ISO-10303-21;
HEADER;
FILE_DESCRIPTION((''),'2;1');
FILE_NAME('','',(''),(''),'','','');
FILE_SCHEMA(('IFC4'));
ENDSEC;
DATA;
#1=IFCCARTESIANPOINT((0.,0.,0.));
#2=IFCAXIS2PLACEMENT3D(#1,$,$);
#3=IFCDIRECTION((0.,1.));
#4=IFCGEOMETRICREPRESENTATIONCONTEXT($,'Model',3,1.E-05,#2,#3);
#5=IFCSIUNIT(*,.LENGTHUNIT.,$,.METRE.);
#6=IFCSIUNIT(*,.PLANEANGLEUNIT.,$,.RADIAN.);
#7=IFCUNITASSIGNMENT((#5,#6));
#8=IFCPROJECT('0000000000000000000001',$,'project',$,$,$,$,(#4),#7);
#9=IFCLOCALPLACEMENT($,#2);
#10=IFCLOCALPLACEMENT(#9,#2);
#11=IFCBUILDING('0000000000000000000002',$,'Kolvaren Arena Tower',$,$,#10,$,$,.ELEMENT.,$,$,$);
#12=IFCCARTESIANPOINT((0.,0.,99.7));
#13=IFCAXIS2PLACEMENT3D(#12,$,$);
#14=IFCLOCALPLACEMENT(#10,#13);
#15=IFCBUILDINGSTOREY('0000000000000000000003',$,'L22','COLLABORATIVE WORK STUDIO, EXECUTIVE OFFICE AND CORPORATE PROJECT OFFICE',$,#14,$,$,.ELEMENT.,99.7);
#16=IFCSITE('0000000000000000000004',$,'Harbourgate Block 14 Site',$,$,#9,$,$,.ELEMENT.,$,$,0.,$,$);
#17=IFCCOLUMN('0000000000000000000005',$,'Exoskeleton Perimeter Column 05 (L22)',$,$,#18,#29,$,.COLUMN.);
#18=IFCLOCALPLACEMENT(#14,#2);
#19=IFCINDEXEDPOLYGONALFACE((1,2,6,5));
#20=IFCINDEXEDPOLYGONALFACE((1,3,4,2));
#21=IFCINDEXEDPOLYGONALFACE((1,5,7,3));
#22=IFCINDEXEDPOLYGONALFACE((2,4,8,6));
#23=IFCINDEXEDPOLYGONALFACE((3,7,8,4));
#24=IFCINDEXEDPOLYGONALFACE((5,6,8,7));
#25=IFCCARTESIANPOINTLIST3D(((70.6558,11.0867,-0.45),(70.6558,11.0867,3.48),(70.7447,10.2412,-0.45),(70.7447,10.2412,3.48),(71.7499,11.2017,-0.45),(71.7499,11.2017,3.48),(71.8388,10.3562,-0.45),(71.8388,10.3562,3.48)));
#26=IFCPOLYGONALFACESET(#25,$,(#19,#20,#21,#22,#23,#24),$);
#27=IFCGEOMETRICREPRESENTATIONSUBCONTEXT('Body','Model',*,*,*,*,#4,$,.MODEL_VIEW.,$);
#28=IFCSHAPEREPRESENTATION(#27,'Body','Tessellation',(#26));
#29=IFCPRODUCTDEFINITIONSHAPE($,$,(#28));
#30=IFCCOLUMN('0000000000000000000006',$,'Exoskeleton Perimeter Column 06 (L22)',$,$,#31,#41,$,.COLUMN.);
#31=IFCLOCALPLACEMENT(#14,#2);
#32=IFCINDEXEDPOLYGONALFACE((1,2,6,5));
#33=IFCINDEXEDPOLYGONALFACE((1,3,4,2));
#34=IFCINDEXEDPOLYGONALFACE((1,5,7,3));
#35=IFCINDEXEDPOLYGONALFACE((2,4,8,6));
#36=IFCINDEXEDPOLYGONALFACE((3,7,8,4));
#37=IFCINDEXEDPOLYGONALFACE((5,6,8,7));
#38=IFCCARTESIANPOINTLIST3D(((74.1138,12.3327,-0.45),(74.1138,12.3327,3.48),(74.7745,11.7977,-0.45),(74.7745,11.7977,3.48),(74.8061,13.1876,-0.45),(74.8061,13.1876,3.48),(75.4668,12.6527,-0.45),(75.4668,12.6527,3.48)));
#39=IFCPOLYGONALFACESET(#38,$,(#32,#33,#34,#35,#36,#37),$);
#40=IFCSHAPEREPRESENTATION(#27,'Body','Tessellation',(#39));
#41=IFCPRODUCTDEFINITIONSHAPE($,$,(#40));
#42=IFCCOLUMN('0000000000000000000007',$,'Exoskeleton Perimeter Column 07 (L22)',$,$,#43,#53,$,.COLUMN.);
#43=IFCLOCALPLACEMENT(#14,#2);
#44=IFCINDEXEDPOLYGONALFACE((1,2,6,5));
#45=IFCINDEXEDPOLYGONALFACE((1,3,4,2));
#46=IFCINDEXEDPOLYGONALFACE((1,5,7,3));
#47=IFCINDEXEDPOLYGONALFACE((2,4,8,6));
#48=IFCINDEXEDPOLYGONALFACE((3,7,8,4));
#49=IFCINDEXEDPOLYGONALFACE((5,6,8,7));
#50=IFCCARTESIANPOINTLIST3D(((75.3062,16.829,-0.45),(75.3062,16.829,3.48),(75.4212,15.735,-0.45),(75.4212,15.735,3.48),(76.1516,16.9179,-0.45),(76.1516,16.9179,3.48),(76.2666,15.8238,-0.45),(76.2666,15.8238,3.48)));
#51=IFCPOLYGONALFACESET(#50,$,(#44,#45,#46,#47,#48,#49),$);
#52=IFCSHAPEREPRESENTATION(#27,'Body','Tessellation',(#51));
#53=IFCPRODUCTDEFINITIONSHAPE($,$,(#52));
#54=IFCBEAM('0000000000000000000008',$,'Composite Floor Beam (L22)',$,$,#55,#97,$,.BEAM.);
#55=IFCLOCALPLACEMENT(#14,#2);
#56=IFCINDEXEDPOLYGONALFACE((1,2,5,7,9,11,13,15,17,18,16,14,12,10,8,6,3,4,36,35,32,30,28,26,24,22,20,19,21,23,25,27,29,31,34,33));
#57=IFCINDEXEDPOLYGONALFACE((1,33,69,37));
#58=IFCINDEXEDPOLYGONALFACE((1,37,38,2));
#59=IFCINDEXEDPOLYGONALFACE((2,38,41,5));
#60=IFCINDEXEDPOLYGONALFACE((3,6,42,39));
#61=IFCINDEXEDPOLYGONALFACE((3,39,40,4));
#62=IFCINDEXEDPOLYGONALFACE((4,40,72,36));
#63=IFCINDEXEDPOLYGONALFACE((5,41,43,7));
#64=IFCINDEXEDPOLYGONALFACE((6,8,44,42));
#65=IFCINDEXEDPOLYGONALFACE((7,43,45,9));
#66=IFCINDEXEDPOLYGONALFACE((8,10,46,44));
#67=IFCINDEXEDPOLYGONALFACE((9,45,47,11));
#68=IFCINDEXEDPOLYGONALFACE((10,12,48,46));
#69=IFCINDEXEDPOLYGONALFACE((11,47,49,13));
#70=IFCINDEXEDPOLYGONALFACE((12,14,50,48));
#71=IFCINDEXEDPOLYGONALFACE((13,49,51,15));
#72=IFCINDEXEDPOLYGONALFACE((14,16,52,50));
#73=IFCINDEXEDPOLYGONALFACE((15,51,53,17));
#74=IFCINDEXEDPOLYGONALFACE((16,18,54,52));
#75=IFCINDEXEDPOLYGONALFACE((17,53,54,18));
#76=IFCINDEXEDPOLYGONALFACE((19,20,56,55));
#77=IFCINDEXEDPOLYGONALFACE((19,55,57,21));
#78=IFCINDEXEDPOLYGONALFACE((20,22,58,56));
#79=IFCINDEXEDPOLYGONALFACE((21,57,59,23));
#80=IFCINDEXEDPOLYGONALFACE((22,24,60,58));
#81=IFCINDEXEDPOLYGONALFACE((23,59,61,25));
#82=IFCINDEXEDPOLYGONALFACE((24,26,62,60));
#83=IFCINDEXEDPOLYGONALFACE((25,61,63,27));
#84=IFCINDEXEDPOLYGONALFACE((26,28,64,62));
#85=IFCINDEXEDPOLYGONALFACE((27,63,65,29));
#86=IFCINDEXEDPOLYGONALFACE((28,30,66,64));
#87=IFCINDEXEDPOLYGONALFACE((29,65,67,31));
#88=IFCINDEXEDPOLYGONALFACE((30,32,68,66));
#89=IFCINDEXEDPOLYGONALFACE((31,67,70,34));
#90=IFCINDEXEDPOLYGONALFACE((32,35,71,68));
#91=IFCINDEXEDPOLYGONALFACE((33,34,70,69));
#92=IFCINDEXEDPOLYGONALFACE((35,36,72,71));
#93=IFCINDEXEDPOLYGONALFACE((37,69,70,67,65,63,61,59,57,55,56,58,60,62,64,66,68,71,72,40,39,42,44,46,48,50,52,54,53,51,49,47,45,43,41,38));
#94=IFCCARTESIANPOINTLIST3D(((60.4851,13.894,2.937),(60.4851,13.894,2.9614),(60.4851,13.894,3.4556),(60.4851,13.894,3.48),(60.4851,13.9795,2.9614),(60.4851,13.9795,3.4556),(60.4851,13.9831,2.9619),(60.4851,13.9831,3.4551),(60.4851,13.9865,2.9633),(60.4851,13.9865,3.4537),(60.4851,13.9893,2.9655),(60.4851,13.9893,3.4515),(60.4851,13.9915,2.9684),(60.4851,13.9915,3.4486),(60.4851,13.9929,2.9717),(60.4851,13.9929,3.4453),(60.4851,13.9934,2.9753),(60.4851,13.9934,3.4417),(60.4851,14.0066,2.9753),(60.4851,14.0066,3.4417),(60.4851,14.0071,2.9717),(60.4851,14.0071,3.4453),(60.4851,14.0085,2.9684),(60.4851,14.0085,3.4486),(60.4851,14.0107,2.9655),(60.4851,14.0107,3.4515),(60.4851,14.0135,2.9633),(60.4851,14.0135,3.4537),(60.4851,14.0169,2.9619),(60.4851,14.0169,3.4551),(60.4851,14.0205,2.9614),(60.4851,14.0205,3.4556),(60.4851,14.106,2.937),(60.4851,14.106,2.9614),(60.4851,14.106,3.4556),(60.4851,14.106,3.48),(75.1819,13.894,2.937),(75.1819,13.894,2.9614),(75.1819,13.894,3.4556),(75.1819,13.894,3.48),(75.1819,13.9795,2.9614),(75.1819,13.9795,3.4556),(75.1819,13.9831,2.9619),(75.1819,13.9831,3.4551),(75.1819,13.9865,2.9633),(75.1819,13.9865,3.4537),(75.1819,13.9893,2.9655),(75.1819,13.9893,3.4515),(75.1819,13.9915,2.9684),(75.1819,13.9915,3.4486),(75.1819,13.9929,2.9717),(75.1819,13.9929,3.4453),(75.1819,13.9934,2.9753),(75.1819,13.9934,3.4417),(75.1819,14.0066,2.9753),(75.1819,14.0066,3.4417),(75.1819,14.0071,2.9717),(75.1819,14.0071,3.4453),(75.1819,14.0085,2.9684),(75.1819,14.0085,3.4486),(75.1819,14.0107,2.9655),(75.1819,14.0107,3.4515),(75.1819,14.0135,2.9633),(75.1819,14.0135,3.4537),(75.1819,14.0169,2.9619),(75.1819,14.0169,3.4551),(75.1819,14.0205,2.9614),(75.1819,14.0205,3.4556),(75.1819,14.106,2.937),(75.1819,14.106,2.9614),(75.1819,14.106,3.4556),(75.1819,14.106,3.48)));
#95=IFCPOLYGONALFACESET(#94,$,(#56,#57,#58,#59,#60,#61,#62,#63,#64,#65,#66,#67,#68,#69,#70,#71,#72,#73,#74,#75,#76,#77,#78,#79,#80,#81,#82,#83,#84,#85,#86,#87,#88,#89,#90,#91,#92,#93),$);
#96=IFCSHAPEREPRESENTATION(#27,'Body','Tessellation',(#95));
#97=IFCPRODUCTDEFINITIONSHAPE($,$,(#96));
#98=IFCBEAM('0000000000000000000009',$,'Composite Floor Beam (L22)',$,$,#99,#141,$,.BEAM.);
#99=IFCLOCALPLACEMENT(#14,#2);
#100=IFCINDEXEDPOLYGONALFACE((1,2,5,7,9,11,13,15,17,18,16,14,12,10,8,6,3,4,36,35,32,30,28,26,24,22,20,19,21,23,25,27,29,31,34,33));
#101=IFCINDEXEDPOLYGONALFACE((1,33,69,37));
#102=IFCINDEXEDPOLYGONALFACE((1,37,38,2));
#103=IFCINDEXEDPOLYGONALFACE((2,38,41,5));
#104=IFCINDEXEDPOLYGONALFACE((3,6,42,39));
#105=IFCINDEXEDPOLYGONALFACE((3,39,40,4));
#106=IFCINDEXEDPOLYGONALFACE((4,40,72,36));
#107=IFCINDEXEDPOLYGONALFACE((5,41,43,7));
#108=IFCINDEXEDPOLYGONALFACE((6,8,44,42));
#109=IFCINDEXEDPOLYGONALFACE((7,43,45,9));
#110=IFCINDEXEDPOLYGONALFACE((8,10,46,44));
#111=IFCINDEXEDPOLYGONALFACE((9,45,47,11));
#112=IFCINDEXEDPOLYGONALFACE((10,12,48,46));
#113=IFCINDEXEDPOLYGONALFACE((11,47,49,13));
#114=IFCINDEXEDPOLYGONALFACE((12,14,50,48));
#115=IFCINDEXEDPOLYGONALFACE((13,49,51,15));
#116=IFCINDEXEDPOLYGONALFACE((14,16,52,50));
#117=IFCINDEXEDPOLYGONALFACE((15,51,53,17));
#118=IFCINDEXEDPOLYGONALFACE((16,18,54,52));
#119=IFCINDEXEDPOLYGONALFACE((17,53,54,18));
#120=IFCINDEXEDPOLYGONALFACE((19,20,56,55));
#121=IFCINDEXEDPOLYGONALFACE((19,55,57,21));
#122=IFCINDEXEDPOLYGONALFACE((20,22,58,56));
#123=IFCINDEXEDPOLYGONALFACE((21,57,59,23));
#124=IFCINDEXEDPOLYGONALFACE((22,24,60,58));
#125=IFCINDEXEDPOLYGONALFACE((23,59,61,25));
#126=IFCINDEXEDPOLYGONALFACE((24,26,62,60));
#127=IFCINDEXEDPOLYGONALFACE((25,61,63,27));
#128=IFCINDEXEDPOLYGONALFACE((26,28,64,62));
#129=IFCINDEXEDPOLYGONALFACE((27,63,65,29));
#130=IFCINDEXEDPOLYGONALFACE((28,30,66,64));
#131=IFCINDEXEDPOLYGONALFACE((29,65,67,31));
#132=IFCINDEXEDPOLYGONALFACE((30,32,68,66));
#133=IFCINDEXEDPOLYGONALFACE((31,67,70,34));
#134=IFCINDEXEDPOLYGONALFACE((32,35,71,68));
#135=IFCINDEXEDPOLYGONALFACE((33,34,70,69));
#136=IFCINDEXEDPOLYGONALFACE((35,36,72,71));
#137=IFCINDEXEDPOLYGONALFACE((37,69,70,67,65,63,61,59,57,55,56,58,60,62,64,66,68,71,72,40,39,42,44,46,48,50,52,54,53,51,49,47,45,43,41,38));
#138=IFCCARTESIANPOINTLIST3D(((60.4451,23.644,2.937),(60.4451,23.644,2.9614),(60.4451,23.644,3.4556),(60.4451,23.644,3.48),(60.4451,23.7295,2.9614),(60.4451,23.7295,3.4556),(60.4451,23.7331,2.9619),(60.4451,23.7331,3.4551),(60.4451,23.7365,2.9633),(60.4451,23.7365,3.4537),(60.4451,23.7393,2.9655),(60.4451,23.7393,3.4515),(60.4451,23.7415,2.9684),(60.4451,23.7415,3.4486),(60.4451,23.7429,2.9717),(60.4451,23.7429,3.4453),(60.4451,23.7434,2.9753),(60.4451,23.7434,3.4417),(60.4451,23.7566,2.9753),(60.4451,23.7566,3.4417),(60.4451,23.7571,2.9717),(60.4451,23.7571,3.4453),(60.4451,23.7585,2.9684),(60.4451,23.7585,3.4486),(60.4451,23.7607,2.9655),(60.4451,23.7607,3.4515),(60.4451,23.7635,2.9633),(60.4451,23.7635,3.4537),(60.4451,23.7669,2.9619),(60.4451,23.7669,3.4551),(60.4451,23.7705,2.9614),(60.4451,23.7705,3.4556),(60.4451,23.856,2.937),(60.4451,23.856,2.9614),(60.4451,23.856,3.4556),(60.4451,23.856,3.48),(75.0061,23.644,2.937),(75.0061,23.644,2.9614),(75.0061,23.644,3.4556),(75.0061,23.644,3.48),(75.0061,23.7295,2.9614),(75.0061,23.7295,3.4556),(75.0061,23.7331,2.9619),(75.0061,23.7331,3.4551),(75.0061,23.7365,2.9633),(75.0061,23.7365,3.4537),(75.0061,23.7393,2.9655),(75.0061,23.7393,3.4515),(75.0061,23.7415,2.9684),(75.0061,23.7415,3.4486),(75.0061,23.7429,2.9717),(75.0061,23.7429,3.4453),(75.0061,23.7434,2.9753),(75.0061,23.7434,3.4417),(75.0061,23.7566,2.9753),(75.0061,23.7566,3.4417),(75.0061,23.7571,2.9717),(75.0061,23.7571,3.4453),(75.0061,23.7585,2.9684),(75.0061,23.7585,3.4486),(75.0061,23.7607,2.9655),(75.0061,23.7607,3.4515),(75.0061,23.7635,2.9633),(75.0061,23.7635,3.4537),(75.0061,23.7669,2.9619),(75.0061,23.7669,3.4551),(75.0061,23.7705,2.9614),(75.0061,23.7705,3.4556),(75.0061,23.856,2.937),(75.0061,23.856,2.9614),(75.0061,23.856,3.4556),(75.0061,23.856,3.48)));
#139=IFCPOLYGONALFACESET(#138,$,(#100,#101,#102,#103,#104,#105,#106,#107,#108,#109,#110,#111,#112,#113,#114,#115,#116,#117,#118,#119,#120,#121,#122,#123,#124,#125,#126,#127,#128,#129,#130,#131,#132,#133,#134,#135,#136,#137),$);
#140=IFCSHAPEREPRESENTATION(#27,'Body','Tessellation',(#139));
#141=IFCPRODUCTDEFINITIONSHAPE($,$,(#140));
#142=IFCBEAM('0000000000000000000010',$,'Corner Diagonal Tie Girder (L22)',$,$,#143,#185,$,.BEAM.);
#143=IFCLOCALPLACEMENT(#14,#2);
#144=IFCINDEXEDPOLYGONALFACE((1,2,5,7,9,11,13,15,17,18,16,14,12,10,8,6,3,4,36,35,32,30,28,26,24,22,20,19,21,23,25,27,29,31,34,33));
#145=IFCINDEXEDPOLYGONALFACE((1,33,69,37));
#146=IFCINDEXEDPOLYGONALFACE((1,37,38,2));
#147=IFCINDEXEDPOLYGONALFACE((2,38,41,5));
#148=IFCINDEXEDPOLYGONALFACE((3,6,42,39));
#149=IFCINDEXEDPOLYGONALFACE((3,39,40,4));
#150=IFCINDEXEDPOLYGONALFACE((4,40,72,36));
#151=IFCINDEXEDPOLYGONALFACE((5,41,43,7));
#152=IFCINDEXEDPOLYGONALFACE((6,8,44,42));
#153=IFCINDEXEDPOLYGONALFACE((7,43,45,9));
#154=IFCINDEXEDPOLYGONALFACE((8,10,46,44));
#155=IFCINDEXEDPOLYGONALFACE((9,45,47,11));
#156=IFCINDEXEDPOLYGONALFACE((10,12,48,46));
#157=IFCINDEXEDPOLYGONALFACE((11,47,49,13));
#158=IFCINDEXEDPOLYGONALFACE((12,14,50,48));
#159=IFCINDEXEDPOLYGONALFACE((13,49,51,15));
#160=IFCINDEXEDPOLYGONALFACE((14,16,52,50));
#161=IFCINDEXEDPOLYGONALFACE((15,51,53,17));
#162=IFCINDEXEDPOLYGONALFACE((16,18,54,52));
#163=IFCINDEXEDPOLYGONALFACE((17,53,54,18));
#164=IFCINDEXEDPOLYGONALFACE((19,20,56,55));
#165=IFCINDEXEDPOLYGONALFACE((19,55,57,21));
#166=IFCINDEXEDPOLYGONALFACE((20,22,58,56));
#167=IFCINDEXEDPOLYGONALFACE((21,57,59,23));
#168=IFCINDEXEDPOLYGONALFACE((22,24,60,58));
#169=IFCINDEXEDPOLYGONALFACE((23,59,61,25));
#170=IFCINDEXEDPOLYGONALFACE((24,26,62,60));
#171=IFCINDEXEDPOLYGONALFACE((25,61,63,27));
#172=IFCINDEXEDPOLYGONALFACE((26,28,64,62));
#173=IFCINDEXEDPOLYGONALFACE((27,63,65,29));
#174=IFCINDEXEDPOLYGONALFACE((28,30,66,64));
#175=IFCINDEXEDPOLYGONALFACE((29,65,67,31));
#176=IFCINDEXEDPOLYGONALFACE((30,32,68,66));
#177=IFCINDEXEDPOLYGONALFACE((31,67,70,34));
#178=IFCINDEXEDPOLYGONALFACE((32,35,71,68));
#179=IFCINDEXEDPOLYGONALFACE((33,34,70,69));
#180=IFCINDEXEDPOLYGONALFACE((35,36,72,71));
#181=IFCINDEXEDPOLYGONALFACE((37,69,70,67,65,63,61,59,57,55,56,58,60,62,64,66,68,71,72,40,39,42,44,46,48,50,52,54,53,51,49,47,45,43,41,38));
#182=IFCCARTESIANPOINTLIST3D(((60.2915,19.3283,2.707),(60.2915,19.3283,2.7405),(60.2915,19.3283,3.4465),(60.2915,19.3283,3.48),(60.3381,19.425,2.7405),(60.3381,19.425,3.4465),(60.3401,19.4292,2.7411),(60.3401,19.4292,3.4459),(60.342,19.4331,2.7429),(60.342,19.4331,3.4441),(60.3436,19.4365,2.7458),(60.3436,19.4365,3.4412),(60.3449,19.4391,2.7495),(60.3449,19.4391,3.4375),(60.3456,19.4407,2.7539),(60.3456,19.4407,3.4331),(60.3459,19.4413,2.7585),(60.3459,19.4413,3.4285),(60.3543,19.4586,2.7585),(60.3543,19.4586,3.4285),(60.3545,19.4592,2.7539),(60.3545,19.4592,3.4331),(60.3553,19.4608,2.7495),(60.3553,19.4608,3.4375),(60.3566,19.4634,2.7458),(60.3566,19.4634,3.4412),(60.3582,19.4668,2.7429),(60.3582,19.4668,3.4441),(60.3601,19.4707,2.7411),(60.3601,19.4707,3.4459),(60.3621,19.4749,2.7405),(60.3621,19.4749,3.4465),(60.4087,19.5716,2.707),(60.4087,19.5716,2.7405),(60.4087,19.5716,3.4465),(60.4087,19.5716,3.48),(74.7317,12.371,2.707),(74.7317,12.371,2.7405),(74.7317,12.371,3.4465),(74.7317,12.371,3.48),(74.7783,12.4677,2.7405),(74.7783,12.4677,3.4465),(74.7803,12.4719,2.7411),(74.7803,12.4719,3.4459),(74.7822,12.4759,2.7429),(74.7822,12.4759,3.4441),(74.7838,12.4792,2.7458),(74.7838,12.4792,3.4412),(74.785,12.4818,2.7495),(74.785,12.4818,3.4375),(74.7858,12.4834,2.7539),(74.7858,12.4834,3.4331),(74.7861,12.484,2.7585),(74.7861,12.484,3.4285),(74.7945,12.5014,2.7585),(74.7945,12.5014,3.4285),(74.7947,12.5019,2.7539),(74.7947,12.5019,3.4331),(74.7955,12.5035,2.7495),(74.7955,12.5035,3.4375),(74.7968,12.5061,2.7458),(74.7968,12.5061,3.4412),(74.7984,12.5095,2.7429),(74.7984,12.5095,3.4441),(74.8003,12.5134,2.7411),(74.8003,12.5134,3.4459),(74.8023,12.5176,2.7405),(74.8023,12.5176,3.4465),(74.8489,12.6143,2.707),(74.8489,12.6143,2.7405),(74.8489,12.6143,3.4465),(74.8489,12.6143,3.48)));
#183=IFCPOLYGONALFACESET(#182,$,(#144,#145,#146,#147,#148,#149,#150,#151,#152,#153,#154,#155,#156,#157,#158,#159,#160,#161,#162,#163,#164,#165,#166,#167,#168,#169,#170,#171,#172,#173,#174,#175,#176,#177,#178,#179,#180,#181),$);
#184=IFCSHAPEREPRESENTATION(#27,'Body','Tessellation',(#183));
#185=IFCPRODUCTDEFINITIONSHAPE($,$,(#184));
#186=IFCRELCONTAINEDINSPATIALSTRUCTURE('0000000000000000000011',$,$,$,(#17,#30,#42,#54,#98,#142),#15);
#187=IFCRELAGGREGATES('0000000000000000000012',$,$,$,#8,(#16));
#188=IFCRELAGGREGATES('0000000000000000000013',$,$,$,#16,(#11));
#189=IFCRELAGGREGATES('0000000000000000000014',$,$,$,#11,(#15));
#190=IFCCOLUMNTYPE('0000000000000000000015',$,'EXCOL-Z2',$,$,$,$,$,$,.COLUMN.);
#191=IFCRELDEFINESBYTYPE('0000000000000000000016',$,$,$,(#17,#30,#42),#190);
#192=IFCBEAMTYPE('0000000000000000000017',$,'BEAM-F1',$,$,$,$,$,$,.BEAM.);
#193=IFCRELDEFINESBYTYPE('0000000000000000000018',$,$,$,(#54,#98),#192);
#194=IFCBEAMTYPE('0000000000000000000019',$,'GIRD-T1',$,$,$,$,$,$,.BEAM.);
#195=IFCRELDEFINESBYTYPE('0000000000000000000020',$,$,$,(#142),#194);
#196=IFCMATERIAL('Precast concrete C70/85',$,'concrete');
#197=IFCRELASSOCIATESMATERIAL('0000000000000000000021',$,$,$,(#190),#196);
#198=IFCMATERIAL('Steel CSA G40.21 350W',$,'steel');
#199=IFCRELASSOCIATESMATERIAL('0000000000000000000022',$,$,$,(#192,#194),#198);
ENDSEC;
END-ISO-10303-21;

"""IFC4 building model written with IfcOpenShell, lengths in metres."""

from ifc_helpers import new_model, si_unit, direction, frame, origin, origin_2d, place, context, subcontext, project, spatial, rectangle, i_section, extrude, material, material_profile, profile_set, type_object, element, save


model = new_model("IFC4")

# Units and contexts
model_context = context("Model", 3, precision=1e-05, world=origin(), true_north=direction((0.0, 1.0)))
body_context = subcontext(model_context, "Body", "Model", "MODEL_VIEW")
ifc_project = project(units=[si_unit("LENGTHUNIT", "METRE"), si_unit("PLANEANGLEUNIT", "RADIAN")], contexts=[model_context])

# Site, building, storey
site_placement = place(None, origin())
site = spatial("IfcSite", under=ifc_project, at=site_placement, Name="Harbourgate Block 14 Site", CompositionType="ELEMENT", RefElevation=0.0)
building_placement = place(site_placement, origin())
building = spatial("IfcBuilding", under=site, at=building_placement, Name="Kolvaren Arena Tower", CompositionType="ELEMENT")
storey_placement = place(building_placement, frame((0.0, 0.0, 99.7)))
storey = spatial("IfcBuildingStorey", under=building, at=storey_placement, Name="L22", Description="COLLABORATIVE WORK STUDIO, EXECUTIVE OFFICE AND CORPORATE PROJECT OFFICE", CompositionType="ELEMENT", Elevation=99.7)

# Columns
ifc_material_1 = material(Name="Precast concrete C70/85", Category="concrete")
ifc_material_profile_1 = material_profile(ifc_material_1, rectangle(XDim=1.1001, YDim=0.8501, at=origin_2d()), Name="RC-1100x850")
ifc_profile_set_1 = profile_set([ifc_material_profile_1], Name="Precast concrete C70/85")
column_type = type_object("IfcColumnType", Name="EXCOL-Z2", PredefinedType="COLUMN", material=ifc_profile_set_1)
for number, where, z_axis, x_axis, name in (
    (1, (71.2473, 10.7214, -0.45), (0.0, 0.0, 1.0), (0.994522, 0.104528, 0.0), "Exoskeleton Perimeter Column 05 (L22)"),
    (2, (74.7903, 12.4927, -0.45), (0.0, 0.0, 1.0), (0.62932, 0.777146, 0.0), "Exoskeleton Perimeter Column 06 (L22)"),
    (3, (75.7864, 16.3264, -0.45), (0.0, 0.0, 1.0), (-0.104528, 0.994522, 0.0), "Exoskeleton Perimeter Column 07 (L22)"),
):
    element("IfcColumn", number, at=place(storey_placement, frame(where, z_axis=z_axis, x_axis=x_axis)), inside=storey, type_object=column_type, Name=name, PredefinedType="COLUMN", context=body_context, shape_type="SweptSolid", body=[
        extrude(rectangle(XDim=1.1001, YDim=0.8501, at=origin_2d()), origin(), (0.0, 0.0, 1.0), 3.9299),
    ])

# Beams
ifc_material_2 = material(Name="Steel CSA G40.21 350W", Category="steel")
ifc_material_profile_2 = material_profile(ifc_material_2, i_section(OverallWidth=0.2119, OverallDepth=0.543, WebThickness=0.0132, FlangeThickness=0.0244, FilletRadius=0.0139, at=origin_2d()), Name="W530x150")
ifc_profile_set_2 = profile_set([ifc_material_profile_2], Name="Steel CSA G40.21 350W")
beam_type_1 = type_object("IfcBeamType", Name="BEAM-F1", PredefinedType="BEAM", material=ifc_profile_set_2)
beam_1_placement = place(storey_placement, frame((60.4851, 14.0, 3.2085), z_axis=(1.0, 0.0, 0.0), x_axis=(0.0, 1.0, 0.0)))
element("IfcBeam", 4, at=beam_1_placement, inside=storey, type_object=beam_type_1, Name="Composite Floor Beam (L22)", PredefinedType="BEAM", context=body_context, shape_type="SweptSolid", body=[
    extrude(i_section(OverallWidth=0.2119, OverallDepth=0.543, WebThickness=0.0132, FlangeThickness=0.0244, FilletRadius=0.0139, at=origin_2d()), origin(), (0.0, 0.0, 1.0), 14.6968),
])
beam_2_placement = place(storey_placement, frame((60.4451, 23.75, 3.2085), z_axis=(1.0, 0.0, 0.0), x_axis=(0.0, 1.0, 0.0)))
element("IfcBeam", 5, at=beam_2_placement, inside=storey, type_object=beam_type_1, Name="Composite Floor Beam (L22)", PredefinedType="BEAM", context=body_context, shape_type="SweptSolid", body=[
    extrude(i_section(OverallWidth=0.2119, OverallDepth=0.543, WebThickness=0.0132, FlangeThickness=0.0244, FilletRadius=0.0139, at=origin_2d()), origin(), (0.0, 0.0, 1.0), 14.561),
])
ifc_material_profile_3 = material_profile(ifc_material_2, i_section(OverallWidth=0.27, OverallDepth=0.7729, WebThickness=0.0193, FlangeThickness=0.0334, FilletRadius=0.0181, at=origin_2d()), Name="W760x257")
ifc_profile_set_3 = profile_set([ifc_material_profile_3], Name="Steel CSA G40.21 350W")
beam_type_2 = type_object("IfcBeamType", Name="GIRD-T1", PredefinedType="BEAM", material=ifc_profile_set_3)
beam_3_placement = place(storey_placement, frame((74.7903, 12.4927, 3.0935), z_axis=(-0.90089, 0.434048, 0.0), x_axis=(-0.434048, -0.90089, 0.0)))
element("IfcBeam", 6, at=beam_3_placement, inside=storey, type_object=beam_type_2, Name="Corner Diagonal Tie Girder (L22)", PredefinedType="BEAM", context=body_context, shape_type="SweptSolid", body=[
    extrude(i_section(OverallWidth=0.27, OverallDepth=0.7729, WebThickness=0.0193, FlangeThickness=0.0334, FilletRadius=0.0181, at=origin_2d()), origin(), (0.0, 0.0, 1.0), 16.0288),
])

save(model, "model.ifc")
